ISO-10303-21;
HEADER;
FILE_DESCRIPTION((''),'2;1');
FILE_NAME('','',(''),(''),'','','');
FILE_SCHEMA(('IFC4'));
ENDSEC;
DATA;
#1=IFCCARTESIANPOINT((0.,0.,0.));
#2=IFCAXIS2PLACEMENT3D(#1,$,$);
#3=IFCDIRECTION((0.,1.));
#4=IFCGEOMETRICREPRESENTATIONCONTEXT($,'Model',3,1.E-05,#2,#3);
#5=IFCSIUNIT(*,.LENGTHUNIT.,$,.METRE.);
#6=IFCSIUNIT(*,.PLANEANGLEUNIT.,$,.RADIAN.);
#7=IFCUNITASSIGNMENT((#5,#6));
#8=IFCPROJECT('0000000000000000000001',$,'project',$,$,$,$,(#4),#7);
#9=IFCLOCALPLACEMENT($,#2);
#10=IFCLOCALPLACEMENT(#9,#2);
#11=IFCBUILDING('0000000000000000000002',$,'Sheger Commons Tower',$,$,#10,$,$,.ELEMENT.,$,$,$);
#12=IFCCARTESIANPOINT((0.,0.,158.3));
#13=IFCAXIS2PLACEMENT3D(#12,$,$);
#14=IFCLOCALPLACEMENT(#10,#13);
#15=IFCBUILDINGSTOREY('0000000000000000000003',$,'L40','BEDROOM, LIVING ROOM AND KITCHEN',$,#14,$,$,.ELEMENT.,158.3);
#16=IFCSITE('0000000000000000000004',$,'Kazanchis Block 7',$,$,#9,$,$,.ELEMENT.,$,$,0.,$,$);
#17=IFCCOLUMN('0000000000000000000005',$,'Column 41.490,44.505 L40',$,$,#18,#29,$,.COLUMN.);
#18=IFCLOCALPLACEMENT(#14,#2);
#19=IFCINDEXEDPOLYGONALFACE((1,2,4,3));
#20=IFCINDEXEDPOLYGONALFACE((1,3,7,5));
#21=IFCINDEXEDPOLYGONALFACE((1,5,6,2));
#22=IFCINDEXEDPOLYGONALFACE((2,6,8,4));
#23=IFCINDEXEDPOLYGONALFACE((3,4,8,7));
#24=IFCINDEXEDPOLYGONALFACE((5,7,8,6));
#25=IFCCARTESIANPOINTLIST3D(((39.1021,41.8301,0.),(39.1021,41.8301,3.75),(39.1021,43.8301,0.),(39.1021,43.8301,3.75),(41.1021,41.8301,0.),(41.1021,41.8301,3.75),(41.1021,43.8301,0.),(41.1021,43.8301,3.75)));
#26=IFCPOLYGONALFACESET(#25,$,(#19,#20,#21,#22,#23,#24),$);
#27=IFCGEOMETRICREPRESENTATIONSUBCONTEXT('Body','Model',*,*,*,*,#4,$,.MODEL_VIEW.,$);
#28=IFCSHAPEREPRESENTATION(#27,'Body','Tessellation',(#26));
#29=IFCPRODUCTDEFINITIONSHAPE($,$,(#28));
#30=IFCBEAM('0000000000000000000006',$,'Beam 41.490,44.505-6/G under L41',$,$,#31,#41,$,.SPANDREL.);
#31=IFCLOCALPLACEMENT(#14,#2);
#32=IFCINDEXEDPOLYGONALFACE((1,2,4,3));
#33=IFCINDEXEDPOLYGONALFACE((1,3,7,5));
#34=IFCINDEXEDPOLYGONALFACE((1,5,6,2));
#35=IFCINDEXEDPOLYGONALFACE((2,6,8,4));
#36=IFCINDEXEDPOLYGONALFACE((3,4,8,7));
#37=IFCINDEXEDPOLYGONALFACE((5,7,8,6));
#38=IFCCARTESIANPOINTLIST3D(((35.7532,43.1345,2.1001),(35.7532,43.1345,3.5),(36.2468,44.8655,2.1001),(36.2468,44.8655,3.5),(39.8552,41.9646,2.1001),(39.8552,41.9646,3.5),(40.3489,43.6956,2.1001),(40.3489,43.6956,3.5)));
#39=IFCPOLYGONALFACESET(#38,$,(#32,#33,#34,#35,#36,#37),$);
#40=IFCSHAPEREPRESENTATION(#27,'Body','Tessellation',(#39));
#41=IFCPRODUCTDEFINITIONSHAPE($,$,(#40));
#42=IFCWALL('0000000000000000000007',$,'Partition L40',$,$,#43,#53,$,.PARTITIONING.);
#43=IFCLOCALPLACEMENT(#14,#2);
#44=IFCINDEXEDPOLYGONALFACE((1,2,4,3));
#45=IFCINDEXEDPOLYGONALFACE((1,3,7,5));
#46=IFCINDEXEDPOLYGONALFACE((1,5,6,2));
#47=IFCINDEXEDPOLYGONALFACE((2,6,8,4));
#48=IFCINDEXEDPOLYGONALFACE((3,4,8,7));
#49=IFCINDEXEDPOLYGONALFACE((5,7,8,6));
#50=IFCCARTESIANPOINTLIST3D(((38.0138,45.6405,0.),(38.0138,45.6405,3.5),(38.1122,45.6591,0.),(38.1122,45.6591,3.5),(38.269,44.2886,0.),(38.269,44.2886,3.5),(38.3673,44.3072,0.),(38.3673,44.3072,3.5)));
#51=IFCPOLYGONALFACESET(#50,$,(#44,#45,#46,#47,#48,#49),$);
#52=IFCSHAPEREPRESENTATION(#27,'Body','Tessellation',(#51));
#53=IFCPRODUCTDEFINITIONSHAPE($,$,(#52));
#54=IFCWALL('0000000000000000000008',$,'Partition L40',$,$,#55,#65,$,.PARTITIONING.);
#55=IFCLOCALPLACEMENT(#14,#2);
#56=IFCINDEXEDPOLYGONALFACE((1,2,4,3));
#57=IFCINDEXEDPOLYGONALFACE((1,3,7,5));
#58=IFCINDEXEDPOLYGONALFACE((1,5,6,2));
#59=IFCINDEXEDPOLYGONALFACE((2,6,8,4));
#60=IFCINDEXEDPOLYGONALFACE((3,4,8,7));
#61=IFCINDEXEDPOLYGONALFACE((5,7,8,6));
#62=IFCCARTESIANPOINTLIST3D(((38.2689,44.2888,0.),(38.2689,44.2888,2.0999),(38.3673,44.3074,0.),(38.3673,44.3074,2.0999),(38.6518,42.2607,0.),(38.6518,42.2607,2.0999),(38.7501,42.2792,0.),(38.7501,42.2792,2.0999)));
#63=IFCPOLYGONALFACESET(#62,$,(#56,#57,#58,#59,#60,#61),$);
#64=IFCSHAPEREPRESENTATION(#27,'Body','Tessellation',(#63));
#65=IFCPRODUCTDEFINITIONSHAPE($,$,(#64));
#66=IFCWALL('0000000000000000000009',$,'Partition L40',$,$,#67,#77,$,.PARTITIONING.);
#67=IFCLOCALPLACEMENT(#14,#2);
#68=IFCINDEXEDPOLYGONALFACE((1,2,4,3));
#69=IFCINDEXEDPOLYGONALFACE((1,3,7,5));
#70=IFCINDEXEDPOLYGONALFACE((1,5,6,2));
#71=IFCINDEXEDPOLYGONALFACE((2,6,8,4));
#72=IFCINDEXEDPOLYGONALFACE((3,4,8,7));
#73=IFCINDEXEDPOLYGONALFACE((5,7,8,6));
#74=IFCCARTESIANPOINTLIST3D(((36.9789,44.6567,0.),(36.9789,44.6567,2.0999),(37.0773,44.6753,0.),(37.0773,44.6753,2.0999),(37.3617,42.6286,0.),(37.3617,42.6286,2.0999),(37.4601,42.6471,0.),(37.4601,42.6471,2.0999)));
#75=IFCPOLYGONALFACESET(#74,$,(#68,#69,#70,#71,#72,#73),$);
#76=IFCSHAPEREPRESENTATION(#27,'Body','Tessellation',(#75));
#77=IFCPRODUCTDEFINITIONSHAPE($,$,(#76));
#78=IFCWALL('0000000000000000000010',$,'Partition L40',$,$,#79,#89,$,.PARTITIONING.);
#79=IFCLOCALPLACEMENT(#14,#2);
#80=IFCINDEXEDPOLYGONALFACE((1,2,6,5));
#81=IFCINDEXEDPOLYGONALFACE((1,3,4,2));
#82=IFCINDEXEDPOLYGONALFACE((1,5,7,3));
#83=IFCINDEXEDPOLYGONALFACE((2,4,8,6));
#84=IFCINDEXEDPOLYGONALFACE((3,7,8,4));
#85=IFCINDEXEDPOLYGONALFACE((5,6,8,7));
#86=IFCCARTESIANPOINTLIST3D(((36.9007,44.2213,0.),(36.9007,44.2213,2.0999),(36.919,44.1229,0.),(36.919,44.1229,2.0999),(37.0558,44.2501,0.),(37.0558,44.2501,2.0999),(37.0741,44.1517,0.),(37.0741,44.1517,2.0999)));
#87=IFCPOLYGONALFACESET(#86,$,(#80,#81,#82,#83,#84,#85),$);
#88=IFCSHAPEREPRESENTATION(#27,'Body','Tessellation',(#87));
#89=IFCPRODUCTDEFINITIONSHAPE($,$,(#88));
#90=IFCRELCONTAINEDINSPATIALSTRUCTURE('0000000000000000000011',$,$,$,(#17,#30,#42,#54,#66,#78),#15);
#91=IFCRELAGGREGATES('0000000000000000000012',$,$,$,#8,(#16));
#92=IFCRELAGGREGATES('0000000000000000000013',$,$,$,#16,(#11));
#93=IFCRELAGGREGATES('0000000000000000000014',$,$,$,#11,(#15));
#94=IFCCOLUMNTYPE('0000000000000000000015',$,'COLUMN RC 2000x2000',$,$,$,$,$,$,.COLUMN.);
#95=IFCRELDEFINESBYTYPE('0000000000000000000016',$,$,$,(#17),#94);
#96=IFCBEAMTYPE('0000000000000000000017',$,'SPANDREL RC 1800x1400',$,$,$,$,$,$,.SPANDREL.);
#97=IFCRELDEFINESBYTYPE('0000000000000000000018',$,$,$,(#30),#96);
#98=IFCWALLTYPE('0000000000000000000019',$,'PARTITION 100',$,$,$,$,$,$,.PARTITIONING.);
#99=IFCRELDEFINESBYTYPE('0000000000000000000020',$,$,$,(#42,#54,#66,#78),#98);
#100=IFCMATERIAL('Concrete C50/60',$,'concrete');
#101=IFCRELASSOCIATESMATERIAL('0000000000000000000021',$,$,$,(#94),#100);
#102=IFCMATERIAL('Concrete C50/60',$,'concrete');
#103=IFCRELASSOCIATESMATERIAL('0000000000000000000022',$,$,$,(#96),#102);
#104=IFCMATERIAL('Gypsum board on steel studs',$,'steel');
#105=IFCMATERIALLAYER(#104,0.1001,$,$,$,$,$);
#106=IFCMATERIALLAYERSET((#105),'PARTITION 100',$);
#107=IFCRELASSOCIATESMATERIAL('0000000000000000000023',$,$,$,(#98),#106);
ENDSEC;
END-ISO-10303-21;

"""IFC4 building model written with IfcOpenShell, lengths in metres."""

from ifc_helpers import new_model, si_unit, direction, frame, frame_2d, origin, origin_2d, place, context, subcontext, project, spatial, rectangle, extrude, material, layer, layer_set, material_profile, profile_set, type_object, element, save


model = new_model("IFC4")

# Units and contexts
model_context = context("Model", 3, precision=1e-05, world=origin(), true_north=direction((0.0, 1.0)))
body_context = subcontext(model_context, "Body", "Model", "MODEL_VIEW")
ifc_project = project(units=[si_unit("LENGTHUNIT", "METRE"), si_unit("PLANEANGLEUNIT", "RADIAN")], contexts=[model_context])

# Site, building, storey
site_placement = place(None, origin())
site = spatial("IfcSite", under=ifc_project, at=site_placement, Name="Kazanchis Block 7", CompositionType="ELEMENT", RefElevation=0.0)
building_placement = place(site_placement, origin())
building = spatial("IfcBuilding", under=site, at=building_placement, Name="Sheger Commons Tower", CompositionType="ELEMENT")
storey_placement = place(building_placement, frame((0.0, 0.0, 158.3)))
storey = spatial("IfcBuildingStorey", under=building, at=storey_placement, Name="L40", Description="BEDROOM, LIVING ROOM AND KITCHEN", CompositionType="ELEMENT", Elevation=158.3)

# Column
ifc_material_1 = material(Name="Concrete C50/60", Category="concrete")
ifc_material_profile_1 = material_profile(ifc_material_1, rectangle(XDim=2.0, YDim=2.0, at=origin_2d()), Name="RC 2000x2000")
ifc_profile_set_1 = profile_set([ifc_material_profile_1], Name="Concrete C50/60")
column_type = type_object("IfcColumnType", Name="COLUMN RC 2000x2000", PredefinedType="COLUMN", material=ifc_profile_set_1)
column_placement = place(storey_placement, frame((40.1021, 42.8301, 0.0), z_axis=(0.0, 0.0, 1.0), x_axis=(1.0, 0.0, 0.0)))
element("IfcColumn", 1, at=column_placement, inside=storey, type_object=column_type, Name="Column 41.490,44.505 L40", PredefinedType="COLUMN", context=body_context, shape_type="SweptSolid", body=[
    extrude(rectangle(XDim=2.0, YDim=2.0, at=origin_2d()), origin(), (0.0, 0.0, 1.0), 3.75),
])

# Beam
ifc_material_2 = material(Name="Concrete C50/60", Category="concrete")
ifc_material_profile_2 = material_profile(ifc_material_2, rectangle(XDim=1.8, YDim=1.3999, at=origin_2d()), Name="RC 1800x1400")
ifc_profile_set_2 = profile_set([ifc_material_profile_2], Name="Concrete C50/60")
beam_type = type_object("IfcBeamType", Name="SPANDREL RC 1800x1400", PredefinedType="SPANDREL", material=ifc_profile_set_2)
beam_placement = place(storey_placement, frame((40.1021, 42.8301, 2.8), z_axis=(-0.961653, 0.274268, 0.0), x_axis=(-0.274268, -0.961653, 0.0)))
element("IfcBeam", 2, at=beam_placement, inside=storey, type_object=beam_type, Name="Beam 41.490,44.505-6/G under L41", PredefinedType="SPANDREL", context=body_context, shape_type="SweptSolid", body=[
    extrude(rectangle(XDim=1.8, YDim=1.3999, at=origin_2d()), origin(), (0.0, 0.0, 1.0), 4.2656),
])

# Walls
ifc_material_3 = material(Name="Gypsum board on steel studs", Category="steel")
ifc_layer = layer(ifc_material_3, 0.1001)
ifc_layer_set = layer_set([ifc_layer], Name="PARTITION 100")
wall_type = type_object("IfcWallType", Name="PARTITION 100", PredefinedType="PARTITIONING", material=ifc_layer_set)
wall_1_placement = place(storey_placement, frame((38.063, 45.6499, 0.0), z_axis=(0.0, 0.0, 1.0), x_axis=(0.185456, -0.982653, 0.0)))
element("IfcWall", 3, at=wall_1_placement, inside=storey, type_object=wall_type, Name="Partition L40", PredefinedType="PARTITIONING", context=body_context, shape_type="SweptSolid", body=[
    extrude(rectangle(XDim=1.3757, YDim=0.1001, at=frame_2d((0.688, 0.0))), origin(), (0.0, 0.0, 1.0), 3.5),
])
for number, where, z_axis, x_axis, name in (
    (4, (38.3181, 44.2981, 0.0), (0.0, 0.0, 1.0), (0.185481, -0.982648, 0.0), "Partition L40"),
    (5, (37.0281, 44.666, 0.0), (0.0, 0.0, 1.0), (0.185481, -0.982648, 0.0), "Partition L40"),
):
    element("IfcWall", number, at=place(storey_placement, frame(where, z_axis=z_axis, x_axis=x_axis)), inside=storey, type_object=wall_type, Name=name, PredefinedType="PARTITIONING", context=body_context, shape_type="SweptSolid", body=[
        extrude(rectangle(XDim=2.064, YDim=0.1001, at=frame_2d((1.032, 0.0))), origin(), (0.0, 0.0, 1.0), 2.0999),
    ])

# Wall
wall_2_placement = place(storey_placement, frame((37.0649, 44.2009, 0.0), z_axis=(0.0, 0.0, 1.0), x_axis=(-0.983169, -0.182699, 0.0)))
element("IfcWall", 6, at=wall_2_placement, inside=storey, type_object=wall_type, Name="Partition L40", PredefinedType="PARTITIONING", context=body_context, shape_type="SweptSolid", body=[
    extrude(rectangle(XDim=0.1577, YDim=0.1001, at=frame_2d((0.0789, 0.0))), origin(), (0.0, 0.0, 1.0), 2.0999),
])

save(model, "model.ifc")
